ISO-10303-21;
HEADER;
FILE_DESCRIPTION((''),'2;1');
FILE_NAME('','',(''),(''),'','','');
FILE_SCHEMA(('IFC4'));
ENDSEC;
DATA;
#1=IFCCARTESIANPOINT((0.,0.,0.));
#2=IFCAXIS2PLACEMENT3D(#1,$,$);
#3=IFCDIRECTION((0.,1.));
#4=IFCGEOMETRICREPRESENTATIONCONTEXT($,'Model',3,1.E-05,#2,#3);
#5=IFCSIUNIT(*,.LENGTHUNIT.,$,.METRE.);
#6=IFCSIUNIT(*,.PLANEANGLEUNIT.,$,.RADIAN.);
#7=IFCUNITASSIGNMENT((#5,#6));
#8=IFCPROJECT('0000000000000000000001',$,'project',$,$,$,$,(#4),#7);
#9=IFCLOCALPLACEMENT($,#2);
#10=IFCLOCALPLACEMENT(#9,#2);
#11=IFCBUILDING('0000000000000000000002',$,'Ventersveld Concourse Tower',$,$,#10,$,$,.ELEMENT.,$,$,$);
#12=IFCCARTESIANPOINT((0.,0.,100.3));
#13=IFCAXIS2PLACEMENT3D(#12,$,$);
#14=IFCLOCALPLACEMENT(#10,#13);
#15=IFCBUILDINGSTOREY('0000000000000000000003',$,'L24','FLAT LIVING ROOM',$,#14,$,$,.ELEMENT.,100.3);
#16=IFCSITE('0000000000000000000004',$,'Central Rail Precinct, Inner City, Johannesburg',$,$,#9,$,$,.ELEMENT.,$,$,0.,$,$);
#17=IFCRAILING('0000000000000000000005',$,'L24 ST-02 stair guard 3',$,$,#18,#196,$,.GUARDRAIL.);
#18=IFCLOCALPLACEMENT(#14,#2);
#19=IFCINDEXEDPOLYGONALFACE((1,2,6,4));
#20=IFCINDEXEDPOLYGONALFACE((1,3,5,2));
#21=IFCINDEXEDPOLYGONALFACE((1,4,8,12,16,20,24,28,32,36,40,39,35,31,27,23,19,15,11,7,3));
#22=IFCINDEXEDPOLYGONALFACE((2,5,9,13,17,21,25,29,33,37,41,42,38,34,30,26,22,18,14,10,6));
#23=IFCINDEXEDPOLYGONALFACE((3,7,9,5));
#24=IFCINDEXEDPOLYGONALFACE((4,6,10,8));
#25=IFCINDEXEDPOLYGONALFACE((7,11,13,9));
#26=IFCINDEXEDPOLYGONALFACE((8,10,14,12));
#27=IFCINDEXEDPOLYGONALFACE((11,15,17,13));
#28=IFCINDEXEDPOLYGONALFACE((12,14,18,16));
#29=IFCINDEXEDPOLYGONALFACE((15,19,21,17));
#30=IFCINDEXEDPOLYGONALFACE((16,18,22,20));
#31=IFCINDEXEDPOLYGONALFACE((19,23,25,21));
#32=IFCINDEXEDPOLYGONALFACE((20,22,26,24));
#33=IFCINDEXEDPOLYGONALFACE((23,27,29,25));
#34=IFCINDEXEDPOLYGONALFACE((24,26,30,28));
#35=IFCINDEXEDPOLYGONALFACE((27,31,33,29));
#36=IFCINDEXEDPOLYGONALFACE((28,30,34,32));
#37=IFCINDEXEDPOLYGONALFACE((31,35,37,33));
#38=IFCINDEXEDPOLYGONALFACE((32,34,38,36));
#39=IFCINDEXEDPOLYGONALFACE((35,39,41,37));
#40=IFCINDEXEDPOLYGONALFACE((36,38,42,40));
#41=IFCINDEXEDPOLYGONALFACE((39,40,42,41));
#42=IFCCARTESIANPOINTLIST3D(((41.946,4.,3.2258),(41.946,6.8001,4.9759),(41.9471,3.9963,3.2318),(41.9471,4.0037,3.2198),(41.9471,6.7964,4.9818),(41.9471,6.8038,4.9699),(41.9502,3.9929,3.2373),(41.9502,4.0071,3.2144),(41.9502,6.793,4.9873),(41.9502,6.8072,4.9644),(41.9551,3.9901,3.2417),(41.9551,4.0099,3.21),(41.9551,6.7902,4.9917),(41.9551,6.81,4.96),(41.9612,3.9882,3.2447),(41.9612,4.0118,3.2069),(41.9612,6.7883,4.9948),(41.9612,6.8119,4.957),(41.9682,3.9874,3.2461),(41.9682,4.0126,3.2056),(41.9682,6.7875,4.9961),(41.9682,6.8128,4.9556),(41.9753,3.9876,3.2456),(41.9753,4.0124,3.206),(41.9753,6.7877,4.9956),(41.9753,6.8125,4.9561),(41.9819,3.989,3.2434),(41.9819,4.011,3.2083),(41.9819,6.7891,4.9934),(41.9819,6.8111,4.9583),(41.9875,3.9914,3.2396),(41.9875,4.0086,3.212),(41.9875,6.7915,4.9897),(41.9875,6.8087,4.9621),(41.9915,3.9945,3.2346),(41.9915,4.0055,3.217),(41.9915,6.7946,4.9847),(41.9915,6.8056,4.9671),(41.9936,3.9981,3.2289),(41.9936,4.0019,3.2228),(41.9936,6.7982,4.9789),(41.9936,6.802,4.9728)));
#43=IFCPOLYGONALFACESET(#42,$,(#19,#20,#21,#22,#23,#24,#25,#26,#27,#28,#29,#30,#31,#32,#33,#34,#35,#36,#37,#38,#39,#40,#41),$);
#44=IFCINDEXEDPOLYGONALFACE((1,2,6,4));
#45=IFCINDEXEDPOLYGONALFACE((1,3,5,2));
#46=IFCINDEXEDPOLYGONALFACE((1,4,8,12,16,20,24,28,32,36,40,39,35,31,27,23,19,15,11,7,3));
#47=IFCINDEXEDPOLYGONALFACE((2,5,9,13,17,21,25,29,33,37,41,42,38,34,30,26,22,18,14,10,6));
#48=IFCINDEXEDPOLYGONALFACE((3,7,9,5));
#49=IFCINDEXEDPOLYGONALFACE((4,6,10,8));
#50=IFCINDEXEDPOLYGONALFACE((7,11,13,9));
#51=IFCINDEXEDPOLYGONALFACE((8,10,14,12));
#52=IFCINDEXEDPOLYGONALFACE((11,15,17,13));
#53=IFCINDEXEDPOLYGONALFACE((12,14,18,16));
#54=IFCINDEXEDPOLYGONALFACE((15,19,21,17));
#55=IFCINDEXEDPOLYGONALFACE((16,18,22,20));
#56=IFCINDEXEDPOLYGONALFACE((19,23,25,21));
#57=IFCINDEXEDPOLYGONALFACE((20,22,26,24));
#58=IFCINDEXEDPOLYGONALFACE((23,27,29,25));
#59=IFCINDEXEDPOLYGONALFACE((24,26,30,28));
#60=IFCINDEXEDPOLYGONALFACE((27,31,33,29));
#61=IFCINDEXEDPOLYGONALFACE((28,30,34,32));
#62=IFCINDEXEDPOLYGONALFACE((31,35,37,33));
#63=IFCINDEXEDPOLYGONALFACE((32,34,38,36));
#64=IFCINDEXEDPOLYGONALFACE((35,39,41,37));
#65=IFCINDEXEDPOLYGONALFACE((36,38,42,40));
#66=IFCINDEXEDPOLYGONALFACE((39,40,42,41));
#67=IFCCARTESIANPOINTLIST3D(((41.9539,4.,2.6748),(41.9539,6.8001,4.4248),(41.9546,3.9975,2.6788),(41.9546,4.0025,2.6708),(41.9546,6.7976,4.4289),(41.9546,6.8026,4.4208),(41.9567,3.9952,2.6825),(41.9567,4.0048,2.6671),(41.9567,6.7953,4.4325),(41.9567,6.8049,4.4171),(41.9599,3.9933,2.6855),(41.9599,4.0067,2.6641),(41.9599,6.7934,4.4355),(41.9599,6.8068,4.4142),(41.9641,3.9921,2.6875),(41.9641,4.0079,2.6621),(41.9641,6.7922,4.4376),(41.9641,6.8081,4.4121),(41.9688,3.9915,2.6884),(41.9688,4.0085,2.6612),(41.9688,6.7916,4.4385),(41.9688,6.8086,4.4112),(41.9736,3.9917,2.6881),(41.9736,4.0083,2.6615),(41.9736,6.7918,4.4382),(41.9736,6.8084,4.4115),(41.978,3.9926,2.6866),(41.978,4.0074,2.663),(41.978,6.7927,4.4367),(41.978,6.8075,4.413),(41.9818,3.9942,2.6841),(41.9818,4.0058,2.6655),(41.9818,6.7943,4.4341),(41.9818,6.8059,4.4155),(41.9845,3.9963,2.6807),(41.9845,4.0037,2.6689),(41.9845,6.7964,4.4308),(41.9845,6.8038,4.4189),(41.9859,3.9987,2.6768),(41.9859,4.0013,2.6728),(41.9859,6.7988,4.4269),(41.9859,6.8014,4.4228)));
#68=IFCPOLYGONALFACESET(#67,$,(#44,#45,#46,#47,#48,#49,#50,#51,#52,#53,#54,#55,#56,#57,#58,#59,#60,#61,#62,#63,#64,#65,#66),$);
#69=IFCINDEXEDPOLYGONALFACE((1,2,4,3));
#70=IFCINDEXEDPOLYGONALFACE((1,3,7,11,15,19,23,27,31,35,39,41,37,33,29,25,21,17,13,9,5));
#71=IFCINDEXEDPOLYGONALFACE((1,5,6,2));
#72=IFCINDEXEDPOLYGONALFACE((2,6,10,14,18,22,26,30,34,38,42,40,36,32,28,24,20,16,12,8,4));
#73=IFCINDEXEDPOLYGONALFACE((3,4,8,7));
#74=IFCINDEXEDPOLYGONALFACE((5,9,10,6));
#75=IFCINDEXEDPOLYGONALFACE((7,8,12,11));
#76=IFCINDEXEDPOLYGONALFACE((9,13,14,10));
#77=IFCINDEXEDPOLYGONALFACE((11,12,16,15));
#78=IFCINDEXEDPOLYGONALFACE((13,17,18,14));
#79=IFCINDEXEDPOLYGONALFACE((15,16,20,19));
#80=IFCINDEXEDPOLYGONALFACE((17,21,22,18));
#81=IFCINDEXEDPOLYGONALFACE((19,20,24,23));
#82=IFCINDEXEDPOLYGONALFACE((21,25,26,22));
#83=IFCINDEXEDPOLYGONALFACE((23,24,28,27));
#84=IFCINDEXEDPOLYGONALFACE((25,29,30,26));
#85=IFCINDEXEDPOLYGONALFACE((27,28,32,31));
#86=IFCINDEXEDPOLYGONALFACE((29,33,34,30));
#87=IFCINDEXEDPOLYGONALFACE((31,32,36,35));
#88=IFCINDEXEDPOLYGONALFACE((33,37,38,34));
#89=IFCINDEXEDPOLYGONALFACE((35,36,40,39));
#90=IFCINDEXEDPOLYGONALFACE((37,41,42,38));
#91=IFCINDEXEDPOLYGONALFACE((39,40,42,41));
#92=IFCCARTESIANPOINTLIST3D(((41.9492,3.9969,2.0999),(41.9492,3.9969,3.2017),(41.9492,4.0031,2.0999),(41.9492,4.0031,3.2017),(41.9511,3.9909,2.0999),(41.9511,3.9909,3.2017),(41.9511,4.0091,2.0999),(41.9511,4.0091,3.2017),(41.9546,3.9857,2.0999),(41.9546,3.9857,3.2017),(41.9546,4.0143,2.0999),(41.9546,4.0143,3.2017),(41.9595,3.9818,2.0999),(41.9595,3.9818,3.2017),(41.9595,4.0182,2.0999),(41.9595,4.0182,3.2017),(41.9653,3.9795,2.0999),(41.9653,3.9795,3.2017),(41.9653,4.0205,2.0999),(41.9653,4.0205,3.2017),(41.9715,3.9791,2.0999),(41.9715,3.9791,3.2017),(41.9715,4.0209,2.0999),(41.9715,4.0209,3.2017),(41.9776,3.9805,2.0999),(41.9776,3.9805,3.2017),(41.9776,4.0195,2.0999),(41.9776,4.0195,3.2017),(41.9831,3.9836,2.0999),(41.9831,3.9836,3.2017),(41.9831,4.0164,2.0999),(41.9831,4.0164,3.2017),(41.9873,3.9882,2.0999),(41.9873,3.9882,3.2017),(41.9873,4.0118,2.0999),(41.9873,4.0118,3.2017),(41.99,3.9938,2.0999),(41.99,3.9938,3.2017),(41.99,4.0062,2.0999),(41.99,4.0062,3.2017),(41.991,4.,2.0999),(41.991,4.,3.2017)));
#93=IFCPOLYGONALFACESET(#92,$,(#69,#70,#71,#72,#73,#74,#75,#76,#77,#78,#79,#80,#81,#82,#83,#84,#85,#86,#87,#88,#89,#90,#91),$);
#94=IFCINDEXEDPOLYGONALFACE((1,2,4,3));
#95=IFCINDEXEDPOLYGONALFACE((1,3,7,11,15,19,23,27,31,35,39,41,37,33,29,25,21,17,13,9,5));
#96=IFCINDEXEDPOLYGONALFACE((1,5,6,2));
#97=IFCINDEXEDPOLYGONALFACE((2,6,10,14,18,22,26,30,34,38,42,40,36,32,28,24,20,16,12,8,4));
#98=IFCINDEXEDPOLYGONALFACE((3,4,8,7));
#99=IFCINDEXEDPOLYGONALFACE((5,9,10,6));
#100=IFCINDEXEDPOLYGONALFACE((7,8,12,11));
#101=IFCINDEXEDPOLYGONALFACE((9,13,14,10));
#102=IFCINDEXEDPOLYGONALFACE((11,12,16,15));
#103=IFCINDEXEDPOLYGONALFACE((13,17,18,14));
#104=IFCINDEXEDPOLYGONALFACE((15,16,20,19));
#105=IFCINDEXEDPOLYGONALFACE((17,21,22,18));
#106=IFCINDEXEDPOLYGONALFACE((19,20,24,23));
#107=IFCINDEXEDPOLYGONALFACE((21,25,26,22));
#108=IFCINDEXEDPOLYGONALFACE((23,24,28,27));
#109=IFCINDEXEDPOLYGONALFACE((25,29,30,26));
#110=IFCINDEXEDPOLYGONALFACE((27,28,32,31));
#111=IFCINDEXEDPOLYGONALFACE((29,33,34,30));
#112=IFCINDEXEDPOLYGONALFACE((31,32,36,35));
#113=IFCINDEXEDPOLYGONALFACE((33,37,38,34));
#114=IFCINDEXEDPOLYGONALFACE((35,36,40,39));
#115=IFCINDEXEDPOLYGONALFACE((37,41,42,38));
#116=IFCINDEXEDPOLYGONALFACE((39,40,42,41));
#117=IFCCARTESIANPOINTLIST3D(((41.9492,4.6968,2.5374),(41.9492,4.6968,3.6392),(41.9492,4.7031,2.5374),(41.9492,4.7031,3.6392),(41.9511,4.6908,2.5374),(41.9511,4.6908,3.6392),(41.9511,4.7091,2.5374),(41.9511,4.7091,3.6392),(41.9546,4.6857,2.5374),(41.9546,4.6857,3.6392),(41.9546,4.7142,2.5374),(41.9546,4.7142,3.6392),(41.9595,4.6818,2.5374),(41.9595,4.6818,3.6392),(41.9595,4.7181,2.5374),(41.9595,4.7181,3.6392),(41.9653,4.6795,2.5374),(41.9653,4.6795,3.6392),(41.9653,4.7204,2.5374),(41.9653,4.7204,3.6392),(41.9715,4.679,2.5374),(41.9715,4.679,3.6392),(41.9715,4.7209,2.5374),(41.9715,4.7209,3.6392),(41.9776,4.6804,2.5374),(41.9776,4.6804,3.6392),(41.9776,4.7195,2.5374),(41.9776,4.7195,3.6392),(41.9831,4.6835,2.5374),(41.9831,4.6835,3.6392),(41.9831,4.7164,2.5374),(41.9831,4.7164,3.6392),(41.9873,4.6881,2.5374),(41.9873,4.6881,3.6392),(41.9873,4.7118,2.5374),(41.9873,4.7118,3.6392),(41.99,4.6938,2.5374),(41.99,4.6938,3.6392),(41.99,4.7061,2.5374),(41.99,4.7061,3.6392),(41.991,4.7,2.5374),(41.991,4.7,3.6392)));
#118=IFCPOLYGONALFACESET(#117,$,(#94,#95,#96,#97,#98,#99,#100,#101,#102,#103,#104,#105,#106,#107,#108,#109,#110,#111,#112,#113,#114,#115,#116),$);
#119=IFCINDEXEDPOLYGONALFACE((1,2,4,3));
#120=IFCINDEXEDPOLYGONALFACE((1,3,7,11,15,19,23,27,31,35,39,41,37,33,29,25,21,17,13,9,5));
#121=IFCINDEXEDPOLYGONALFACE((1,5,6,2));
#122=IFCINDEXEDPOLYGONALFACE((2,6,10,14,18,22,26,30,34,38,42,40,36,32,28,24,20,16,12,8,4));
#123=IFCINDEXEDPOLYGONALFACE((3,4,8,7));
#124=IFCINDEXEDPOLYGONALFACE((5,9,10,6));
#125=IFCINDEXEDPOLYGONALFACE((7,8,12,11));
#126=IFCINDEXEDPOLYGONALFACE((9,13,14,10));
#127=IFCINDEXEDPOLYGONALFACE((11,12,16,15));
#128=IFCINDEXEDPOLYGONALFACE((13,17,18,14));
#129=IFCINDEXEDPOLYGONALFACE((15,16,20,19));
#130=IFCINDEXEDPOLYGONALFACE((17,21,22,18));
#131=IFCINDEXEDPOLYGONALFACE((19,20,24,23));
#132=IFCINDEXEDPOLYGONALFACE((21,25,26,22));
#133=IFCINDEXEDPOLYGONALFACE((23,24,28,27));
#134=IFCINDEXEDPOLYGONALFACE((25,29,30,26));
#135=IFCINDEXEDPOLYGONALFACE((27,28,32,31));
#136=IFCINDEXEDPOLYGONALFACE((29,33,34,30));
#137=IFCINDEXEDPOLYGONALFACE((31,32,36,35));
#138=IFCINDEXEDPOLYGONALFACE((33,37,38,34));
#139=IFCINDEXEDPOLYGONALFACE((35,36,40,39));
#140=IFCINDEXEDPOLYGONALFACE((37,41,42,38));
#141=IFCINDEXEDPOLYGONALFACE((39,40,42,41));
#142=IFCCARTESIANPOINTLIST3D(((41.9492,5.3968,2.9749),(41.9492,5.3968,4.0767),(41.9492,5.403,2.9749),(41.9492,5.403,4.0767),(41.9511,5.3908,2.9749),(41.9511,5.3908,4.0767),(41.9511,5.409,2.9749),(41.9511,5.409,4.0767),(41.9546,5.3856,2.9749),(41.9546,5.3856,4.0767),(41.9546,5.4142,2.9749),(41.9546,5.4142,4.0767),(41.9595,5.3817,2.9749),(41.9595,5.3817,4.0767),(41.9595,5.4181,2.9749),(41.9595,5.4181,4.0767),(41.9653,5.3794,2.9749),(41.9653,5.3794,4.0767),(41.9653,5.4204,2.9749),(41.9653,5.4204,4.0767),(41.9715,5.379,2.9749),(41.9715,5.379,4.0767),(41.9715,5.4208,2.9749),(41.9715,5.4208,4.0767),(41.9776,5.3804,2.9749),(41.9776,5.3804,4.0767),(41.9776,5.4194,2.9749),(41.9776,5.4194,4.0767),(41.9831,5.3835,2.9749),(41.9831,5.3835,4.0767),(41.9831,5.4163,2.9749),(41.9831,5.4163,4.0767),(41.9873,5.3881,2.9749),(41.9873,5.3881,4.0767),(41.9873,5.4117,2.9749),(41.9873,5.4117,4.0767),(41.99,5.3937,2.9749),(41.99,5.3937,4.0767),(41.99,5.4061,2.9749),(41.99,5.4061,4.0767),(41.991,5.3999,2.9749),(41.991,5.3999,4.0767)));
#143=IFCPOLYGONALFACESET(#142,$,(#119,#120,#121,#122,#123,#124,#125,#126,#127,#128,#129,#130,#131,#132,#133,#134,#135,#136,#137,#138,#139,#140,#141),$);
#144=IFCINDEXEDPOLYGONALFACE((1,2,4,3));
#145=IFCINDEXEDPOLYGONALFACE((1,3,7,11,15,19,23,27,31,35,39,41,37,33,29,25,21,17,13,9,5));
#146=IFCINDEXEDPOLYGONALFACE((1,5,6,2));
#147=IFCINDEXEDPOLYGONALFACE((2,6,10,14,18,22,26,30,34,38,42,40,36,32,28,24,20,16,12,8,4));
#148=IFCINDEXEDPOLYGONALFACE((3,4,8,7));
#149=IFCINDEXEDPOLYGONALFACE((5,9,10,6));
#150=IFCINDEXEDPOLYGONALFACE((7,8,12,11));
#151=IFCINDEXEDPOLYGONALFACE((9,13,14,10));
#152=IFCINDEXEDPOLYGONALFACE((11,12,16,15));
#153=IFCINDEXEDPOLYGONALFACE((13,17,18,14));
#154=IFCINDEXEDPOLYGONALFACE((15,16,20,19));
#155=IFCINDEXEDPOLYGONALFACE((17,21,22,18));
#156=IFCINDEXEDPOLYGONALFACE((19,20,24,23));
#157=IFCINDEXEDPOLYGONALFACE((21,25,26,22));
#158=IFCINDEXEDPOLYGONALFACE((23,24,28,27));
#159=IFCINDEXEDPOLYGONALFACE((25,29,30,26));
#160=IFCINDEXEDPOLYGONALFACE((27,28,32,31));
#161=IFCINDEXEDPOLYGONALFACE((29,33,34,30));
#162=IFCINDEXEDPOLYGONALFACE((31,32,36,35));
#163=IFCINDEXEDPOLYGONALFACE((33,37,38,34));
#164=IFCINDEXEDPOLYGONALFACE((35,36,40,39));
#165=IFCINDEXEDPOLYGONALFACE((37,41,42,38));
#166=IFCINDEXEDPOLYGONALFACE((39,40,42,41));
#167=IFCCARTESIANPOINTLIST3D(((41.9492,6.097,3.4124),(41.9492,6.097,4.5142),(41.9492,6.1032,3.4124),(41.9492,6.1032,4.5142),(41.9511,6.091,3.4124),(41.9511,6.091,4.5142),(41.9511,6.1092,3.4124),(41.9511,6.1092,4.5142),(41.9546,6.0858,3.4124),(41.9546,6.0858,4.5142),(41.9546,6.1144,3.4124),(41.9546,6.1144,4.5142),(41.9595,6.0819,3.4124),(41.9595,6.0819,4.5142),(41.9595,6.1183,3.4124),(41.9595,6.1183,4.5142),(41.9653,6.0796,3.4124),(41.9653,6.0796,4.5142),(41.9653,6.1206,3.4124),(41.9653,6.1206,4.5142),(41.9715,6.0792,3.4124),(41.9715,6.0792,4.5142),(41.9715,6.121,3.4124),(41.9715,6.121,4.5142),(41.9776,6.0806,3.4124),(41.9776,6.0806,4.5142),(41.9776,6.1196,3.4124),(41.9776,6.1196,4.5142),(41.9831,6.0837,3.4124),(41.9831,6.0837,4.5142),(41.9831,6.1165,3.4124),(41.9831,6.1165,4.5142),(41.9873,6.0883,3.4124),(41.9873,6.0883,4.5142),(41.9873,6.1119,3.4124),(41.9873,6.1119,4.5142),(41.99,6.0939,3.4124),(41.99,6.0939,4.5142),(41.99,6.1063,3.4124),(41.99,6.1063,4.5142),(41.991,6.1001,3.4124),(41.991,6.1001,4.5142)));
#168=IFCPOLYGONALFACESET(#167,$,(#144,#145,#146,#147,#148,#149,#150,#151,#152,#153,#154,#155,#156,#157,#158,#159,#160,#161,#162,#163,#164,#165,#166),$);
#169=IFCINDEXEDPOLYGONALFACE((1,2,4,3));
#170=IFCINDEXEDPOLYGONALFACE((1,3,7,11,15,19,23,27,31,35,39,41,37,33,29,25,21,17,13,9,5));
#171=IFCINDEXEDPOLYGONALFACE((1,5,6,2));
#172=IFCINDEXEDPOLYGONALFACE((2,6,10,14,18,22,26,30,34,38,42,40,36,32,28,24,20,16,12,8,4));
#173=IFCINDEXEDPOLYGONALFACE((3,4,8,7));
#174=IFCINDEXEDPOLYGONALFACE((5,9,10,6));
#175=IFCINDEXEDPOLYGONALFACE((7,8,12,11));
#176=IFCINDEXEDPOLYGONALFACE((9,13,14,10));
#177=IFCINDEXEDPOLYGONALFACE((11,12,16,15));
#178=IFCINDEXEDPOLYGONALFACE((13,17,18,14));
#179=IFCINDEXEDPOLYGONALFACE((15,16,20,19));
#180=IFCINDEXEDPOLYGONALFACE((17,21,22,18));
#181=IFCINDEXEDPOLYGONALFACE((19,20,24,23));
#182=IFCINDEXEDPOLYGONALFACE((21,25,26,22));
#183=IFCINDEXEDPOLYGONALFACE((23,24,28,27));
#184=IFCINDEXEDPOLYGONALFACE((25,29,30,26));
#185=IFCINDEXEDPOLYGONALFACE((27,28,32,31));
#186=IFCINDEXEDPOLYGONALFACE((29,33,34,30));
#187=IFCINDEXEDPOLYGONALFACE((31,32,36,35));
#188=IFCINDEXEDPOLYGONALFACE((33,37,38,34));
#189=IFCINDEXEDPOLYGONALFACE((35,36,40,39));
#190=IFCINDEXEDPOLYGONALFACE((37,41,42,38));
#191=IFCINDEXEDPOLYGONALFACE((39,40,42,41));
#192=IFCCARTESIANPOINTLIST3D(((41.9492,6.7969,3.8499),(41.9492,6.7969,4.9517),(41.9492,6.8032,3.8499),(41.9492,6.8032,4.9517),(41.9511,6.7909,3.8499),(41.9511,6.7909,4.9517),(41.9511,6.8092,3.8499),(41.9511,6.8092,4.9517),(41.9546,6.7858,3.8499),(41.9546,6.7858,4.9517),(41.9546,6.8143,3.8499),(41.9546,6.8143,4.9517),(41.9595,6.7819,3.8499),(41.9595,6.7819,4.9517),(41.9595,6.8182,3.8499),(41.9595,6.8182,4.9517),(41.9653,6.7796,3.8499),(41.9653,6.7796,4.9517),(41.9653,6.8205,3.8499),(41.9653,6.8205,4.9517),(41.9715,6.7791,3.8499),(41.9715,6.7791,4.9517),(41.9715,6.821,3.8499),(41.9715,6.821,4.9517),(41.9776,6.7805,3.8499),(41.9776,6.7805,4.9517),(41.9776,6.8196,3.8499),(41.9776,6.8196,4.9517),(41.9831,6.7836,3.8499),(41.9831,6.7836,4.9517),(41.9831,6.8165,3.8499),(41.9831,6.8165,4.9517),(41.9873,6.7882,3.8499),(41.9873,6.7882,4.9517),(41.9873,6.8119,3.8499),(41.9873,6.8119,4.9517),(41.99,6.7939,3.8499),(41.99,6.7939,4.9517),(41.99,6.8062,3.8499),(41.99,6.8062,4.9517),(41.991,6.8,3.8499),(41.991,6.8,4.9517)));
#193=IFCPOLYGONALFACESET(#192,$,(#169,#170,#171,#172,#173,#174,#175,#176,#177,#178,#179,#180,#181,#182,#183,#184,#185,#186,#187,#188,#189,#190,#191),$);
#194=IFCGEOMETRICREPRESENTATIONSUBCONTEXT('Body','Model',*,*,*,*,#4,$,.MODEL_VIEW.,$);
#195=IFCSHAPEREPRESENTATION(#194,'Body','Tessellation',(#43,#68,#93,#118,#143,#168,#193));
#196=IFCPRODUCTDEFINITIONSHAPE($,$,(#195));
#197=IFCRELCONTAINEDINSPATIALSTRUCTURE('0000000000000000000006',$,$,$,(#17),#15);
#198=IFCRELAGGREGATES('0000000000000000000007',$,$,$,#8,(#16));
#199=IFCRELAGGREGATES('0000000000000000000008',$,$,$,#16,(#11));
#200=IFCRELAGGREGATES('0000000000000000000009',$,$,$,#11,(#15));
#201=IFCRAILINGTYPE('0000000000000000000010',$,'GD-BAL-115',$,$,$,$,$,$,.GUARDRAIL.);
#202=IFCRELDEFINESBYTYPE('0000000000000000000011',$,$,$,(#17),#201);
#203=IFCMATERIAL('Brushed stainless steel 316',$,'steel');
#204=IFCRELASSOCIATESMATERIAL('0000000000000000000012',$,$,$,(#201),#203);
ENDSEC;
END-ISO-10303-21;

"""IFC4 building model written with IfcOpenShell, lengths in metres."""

from ifc_helpers import new_model, si_unit, direction, frame, origin, origin_2d, place, context, subcontext, project, spatial, circle, extrude, material, type_object, element, save


model = new_model("IFC4")

# Units and contexts
model_context = context("Model", 3, precision=1e-05, world=origin(), true_north=direction((0.0, 1.0)))
body_context = subcontext(model_context, "Body", "Model", "MODEL_VIEW")
ifc_project = project(units=[si_unit("LENGTHUNIT", "METRE"), si_unit("PLANEANGLEUNIT", "RADIAN")], contexts=[model_context])

# Site, building, storey
site_placement = place(None, origin())
site = spatial("IfcSite", under=ifc_project, at=site_placement, Name="Central Rail Precinct, Inner City, Johannesburg", CompositionType="ELEMENT", RefElevation=0.0)
building_placement = place(site_placement, origin())
building = spatial("IfcBuilding", under=site, at=building_placement, Name="Ventersveld Concourse Tower", CompositionType="ELEMENT")
storey_placement = place(building_placement, frame((0.0, 0.0, 100.3)))
storey = spatial("IfcBuildingStorey", under=building, at=storey_placement, Name="L24", Description="FLAT LIVING ROOM", CompositionType="ELEMENT", Elevation=100.3)

# Shared definitions
ifc_material_1 = material(Name="Brushed stainless steel 316", Category="steel")

# Railing
railing_type_1 = type_object("IfcRailingType", Name="GD-BAL-115", PredefinedType="GUARDRAIL", material=ifc_material_1)
railing_1_placement = place(storey_placement, frame((41.97, 4.0, 2.0999)))
element("IfcRailing", 1, at=railing_1_placement, inside=storey, type_object=railing_type_1, Name="L24 ST-02 stair guard 3", PredefinedType="GUARDRAIL", context=body_context, shape_type="SweptSolid", body=[
    extrude(circle(Radius=0.0239, at=origin_2d()), frame((0.0, 0.0, 1.126), z_axis=(0.0, 0.848002, 0.529992), x_axis=(-1.0, 0.0, 0.0)), (0.0, 0.0, 1.0), 3.302),
    extrude(circle(Radius=0.0161, at=origin_2d()), frame((0.0, 0.0, 0.575), z_axis=(0.0, 0.848002, 0.529992), x_axis=(-1.0, 0.0, 0.0)), (0.0, 0.0, 1.0), 3.302),
    extrude(circle(Radius=0.021, at=origin_2d()), origin(), (0.0, 0.0, 1.0), 1.1018),
    extrude(circle(Radius=0.021, at=origin_2d()), frame((0.0, 0.7, 0.4375)), (0.0, 0.0, 1.0), 1.1018),
    extrude(circle(Radius=0.021, at=origin_2d()), frame((0.0, 1.3999, 0.875)), (0.0, 0.0, 1.0), 1.1018),
    extrude(circle(Radius=0.021, at=origin_2d()), frame((0.0, 2.1001, 1.3125)), (0.0, 0.0, 1.0), 1.1018),
    extrude(circle(Radius=0.021, at=origin_2d()), frame((0.0, 2.8, 1.75)), (0.0, 0.0, 1.0), 1.1018),
])

save(model, "model.ifc")
